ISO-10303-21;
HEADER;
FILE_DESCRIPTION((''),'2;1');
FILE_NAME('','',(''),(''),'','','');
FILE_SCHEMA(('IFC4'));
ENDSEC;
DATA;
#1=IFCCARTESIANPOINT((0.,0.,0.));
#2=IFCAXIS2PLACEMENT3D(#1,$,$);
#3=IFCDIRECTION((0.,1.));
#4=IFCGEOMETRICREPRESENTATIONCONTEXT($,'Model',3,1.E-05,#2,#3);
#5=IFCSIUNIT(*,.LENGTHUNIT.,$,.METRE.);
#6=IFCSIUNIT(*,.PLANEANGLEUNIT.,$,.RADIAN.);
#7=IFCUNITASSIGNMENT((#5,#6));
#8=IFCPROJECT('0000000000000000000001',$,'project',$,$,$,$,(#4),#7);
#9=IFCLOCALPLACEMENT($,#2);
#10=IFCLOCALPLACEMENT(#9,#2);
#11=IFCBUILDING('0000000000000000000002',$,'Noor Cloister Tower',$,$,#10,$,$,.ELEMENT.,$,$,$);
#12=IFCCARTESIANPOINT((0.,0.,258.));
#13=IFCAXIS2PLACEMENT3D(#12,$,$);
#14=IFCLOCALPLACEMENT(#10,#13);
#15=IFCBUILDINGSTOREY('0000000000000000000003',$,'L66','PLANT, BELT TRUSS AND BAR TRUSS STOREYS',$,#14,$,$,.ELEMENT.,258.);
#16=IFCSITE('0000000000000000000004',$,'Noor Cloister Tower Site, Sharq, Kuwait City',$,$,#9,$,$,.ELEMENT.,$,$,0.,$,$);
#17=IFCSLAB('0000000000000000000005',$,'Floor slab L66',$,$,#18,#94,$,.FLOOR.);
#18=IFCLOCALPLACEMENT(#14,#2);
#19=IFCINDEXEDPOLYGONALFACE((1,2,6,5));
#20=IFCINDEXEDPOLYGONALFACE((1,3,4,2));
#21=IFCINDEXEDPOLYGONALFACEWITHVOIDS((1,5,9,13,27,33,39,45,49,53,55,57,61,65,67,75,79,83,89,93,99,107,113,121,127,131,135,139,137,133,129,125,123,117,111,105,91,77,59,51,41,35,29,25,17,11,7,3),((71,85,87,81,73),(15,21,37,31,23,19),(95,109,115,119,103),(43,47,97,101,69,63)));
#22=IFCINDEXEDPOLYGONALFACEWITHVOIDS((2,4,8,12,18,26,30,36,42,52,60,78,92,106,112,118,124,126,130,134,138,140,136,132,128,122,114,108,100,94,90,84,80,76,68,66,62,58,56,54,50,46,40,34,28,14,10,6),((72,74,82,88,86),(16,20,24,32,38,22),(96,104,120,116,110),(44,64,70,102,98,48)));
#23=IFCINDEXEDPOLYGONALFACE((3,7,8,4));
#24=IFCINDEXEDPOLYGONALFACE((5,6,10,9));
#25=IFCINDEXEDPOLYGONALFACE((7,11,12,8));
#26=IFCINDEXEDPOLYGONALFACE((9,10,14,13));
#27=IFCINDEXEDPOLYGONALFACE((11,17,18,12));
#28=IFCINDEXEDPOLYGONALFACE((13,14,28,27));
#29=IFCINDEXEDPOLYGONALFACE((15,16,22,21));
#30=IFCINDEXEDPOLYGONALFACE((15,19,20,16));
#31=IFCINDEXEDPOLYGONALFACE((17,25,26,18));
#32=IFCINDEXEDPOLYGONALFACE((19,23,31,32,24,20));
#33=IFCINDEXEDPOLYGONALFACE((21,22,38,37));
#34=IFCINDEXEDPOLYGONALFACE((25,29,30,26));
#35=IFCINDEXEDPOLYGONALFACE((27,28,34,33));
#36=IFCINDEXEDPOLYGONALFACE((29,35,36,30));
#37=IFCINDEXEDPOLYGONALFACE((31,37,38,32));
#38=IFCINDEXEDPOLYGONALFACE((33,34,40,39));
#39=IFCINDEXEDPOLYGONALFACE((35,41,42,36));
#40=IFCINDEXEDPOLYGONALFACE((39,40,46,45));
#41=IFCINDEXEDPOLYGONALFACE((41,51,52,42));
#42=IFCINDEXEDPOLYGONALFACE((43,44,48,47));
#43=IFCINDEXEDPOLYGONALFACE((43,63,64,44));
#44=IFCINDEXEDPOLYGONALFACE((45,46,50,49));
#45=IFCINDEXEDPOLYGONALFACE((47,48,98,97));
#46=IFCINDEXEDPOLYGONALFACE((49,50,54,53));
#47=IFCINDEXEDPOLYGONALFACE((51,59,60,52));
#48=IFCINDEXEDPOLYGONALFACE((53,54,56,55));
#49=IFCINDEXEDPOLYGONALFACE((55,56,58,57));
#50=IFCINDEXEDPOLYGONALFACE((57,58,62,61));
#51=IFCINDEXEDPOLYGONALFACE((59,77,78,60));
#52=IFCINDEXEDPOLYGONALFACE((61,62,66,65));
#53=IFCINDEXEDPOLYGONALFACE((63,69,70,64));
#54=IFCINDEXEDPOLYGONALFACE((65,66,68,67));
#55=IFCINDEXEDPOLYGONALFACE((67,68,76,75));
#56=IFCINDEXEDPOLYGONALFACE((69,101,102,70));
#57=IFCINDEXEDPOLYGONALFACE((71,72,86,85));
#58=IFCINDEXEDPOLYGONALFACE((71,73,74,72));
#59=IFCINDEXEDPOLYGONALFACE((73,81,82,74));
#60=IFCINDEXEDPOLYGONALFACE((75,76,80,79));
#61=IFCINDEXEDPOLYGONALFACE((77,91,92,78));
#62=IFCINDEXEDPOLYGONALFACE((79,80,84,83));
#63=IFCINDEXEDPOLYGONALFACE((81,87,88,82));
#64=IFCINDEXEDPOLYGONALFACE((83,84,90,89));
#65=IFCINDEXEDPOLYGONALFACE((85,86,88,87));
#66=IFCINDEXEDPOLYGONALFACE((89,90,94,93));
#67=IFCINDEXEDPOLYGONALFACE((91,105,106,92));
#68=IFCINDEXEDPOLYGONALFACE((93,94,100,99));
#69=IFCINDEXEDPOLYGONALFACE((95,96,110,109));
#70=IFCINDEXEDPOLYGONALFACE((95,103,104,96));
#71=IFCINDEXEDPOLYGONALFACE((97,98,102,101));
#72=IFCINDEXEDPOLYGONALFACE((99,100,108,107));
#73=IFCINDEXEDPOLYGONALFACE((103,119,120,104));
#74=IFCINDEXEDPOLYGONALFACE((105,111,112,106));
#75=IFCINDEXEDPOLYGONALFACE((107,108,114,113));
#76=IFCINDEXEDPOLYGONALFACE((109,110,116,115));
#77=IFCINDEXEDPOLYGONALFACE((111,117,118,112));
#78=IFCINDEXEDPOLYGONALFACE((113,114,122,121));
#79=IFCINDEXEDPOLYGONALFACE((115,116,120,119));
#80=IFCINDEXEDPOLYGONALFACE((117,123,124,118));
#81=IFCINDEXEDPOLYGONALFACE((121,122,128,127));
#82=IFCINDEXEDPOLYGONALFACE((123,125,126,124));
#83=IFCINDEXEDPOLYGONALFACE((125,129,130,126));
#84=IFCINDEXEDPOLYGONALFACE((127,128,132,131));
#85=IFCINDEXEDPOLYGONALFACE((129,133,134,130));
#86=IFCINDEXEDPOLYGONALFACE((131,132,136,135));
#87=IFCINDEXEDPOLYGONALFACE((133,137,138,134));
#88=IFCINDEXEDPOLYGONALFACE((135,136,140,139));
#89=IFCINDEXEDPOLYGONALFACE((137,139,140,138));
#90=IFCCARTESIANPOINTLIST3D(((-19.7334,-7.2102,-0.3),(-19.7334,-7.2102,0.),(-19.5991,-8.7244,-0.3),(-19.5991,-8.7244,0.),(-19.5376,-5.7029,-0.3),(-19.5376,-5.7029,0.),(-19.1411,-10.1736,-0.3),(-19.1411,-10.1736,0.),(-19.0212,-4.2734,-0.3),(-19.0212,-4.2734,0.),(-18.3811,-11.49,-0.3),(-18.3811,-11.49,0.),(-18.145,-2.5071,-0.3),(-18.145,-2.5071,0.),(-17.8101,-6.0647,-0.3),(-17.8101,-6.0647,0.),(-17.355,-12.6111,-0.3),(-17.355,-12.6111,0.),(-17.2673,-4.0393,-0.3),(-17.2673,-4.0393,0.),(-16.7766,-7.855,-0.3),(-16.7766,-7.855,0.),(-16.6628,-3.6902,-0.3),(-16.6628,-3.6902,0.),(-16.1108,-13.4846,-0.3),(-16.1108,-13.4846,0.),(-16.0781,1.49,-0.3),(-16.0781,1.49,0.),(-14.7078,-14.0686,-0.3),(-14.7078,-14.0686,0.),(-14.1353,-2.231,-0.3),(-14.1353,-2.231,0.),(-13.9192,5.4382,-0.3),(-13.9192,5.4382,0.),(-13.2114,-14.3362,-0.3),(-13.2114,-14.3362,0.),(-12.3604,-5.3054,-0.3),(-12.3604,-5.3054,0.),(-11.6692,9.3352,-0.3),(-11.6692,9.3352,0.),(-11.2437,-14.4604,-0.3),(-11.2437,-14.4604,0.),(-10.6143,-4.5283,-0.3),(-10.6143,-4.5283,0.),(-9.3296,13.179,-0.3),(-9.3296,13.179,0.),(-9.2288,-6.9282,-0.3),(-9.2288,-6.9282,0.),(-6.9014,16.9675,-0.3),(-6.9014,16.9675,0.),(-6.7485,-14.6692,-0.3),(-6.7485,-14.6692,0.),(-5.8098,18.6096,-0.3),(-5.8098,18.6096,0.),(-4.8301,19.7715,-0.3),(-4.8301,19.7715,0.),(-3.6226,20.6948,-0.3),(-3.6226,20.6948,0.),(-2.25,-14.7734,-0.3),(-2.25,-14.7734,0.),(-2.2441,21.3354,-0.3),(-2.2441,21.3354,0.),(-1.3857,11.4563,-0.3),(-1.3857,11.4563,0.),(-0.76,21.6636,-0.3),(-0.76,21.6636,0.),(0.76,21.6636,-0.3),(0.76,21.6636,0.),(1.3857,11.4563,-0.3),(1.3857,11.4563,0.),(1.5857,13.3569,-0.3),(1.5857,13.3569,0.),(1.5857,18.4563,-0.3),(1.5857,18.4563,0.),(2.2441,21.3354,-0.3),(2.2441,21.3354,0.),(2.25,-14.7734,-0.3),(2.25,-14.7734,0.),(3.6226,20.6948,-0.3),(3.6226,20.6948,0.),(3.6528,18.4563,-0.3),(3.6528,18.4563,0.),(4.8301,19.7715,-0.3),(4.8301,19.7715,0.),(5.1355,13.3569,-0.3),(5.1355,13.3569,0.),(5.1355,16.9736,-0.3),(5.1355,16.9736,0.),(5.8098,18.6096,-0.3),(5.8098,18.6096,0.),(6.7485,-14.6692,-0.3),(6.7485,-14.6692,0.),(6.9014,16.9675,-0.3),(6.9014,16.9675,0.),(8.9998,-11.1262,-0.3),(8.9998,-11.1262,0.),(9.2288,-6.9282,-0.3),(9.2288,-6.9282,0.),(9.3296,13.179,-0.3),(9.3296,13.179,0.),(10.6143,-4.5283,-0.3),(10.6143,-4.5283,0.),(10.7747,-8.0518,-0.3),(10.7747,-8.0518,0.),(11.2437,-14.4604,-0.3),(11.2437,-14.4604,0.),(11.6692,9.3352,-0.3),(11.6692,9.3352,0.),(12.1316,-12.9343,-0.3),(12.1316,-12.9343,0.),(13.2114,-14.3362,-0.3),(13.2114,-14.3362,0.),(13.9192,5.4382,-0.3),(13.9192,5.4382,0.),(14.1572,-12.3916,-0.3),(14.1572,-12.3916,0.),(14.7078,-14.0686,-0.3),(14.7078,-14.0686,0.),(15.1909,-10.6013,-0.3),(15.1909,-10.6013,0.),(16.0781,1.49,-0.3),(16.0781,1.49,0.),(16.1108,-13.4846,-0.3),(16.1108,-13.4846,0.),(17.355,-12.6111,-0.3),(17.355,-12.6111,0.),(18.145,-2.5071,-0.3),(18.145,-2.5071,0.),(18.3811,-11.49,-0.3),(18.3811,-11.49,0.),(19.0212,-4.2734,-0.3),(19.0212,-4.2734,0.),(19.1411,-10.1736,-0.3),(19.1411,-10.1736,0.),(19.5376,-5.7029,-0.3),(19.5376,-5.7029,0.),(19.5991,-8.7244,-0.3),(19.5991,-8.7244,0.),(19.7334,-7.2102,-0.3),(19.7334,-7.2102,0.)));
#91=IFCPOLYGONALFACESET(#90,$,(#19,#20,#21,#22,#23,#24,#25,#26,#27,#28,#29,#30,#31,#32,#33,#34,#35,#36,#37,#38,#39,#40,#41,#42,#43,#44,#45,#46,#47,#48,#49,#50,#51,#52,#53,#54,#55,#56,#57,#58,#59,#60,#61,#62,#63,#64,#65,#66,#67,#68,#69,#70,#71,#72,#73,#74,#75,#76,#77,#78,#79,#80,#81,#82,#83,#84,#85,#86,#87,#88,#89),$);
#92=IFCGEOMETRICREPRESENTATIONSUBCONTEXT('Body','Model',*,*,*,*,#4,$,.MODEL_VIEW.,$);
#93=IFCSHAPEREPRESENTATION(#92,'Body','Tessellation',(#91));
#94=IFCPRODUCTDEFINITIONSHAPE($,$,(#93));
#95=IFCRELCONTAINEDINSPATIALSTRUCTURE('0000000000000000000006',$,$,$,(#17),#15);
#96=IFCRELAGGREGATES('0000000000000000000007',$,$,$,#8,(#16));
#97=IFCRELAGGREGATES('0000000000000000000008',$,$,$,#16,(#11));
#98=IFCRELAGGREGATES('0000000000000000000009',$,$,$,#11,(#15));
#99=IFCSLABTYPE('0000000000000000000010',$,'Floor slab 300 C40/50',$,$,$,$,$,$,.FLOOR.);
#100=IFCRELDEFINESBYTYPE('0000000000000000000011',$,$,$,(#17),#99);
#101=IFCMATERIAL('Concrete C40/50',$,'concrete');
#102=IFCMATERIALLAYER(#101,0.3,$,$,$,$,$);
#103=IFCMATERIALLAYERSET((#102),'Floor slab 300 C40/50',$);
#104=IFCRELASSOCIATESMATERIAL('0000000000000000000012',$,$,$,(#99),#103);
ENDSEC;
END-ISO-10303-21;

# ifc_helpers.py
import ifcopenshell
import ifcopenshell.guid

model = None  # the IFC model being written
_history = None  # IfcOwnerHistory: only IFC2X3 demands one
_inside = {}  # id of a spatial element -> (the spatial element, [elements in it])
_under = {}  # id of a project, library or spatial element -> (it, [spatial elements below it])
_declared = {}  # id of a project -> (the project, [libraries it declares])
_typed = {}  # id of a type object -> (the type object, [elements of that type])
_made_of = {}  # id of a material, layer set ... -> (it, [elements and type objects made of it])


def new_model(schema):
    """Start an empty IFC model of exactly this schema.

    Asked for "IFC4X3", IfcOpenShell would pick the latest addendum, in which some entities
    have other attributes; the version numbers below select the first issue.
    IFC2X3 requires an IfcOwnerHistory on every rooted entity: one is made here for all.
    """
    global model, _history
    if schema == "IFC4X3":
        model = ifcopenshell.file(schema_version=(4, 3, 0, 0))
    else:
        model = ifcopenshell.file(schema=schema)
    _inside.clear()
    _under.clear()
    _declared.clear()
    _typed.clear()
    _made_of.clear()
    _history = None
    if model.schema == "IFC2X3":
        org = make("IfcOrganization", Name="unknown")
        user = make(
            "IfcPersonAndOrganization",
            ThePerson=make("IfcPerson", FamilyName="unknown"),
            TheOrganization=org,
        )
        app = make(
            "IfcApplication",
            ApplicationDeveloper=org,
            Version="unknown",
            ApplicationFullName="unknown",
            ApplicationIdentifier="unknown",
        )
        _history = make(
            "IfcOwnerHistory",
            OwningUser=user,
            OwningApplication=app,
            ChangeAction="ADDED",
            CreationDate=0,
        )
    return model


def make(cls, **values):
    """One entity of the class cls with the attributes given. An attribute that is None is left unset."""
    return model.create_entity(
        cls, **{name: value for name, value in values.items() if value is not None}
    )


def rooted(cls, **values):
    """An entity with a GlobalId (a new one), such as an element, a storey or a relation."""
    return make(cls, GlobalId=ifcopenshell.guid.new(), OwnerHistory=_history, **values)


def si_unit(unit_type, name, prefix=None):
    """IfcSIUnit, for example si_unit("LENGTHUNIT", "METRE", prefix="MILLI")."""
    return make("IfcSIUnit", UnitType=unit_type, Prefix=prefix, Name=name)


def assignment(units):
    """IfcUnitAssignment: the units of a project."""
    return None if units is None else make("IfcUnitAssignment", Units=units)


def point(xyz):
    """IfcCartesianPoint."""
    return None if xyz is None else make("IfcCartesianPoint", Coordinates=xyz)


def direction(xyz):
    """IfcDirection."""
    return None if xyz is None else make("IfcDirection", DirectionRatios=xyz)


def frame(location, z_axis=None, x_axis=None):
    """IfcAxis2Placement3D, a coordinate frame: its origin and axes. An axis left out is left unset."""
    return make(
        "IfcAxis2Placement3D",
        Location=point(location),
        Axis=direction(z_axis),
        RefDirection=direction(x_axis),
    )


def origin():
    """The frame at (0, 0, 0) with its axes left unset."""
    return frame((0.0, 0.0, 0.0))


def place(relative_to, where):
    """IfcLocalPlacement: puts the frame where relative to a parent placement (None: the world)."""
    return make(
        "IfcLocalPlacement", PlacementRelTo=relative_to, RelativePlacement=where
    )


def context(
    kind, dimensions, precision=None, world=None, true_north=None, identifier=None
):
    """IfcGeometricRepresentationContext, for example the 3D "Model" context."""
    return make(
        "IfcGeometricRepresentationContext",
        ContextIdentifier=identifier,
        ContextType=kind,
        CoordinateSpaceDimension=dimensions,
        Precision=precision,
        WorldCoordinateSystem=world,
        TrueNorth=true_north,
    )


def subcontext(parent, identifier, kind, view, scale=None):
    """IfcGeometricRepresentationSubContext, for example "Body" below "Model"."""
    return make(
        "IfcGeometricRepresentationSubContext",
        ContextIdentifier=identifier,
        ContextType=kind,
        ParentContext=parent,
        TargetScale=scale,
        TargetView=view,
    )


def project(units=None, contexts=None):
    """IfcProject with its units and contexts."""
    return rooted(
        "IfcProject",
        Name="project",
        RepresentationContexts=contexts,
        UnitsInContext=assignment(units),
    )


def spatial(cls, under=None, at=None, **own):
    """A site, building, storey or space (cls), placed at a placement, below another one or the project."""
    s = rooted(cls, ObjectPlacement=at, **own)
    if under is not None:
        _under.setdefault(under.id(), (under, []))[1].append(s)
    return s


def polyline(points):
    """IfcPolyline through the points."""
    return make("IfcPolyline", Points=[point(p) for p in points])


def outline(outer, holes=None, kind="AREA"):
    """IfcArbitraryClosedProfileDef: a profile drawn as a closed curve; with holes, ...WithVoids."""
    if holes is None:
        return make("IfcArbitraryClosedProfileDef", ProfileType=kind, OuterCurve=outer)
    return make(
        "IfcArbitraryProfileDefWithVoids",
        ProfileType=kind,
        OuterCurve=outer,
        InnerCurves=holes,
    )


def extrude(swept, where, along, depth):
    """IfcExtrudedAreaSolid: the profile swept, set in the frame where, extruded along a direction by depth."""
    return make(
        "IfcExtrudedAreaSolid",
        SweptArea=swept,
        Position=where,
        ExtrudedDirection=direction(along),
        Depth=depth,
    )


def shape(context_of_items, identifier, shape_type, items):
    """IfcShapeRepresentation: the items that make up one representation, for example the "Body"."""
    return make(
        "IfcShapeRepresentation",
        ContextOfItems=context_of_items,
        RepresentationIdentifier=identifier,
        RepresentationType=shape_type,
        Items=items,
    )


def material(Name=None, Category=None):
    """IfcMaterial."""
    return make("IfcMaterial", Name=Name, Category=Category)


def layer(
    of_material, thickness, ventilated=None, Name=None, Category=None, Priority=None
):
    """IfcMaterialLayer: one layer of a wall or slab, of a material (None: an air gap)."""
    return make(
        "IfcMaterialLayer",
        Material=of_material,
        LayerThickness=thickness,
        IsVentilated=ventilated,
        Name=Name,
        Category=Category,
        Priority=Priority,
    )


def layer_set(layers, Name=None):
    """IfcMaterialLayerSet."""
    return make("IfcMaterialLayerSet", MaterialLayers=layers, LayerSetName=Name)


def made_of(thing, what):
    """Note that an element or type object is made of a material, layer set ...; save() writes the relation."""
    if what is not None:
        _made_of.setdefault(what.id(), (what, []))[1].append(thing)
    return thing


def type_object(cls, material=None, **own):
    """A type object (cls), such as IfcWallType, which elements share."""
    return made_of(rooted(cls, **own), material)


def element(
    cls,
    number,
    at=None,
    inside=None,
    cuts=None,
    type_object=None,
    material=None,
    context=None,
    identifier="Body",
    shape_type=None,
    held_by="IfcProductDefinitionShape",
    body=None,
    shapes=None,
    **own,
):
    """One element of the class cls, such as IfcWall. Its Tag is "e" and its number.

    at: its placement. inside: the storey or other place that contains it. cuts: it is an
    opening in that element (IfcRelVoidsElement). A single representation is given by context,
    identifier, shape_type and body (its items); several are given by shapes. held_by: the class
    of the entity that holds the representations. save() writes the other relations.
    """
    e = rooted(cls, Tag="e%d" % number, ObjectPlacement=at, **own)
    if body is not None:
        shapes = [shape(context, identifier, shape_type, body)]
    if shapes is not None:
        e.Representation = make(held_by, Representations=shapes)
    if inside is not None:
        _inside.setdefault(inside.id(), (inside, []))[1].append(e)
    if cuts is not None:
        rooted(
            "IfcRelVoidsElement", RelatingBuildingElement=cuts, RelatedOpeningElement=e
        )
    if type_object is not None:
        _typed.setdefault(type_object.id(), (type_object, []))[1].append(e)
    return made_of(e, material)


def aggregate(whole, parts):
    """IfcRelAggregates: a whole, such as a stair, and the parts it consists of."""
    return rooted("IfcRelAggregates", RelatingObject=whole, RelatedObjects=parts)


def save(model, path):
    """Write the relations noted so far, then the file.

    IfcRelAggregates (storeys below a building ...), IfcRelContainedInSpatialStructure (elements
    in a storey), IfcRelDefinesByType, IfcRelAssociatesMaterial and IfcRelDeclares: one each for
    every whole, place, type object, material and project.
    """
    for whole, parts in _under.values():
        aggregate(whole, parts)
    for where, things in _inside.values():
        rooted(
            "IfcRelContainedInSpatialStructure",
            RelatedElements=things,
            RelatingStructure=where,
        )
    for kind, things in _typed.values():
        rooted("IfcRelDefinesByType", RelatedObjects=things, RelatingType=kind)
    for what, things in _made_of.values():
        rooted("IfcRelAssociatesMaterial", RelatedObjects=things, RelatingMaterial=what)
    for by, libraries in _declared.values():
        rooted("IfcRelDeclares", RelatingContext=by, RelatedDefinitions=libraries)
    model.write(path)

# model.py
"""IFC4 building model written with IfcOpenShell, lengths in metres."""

from ifc_helpers import new_model, si_unit, direction, frame, origin, place, context, subcontext, project, spatial, polyline, outline, extrude, material, layer, layer_set, type_object, element, save


model = new_model("IFC4")

# Units and contexts
model_context = context("Model", 3, precision=1e-05, world=origin(), true_north=direction((0.0, 1.0)))
body_context = subcontext(model_context, "Body", "Model", "MODEL_VIEW")
ifc_project = project(units=[si_unit("LENGTHUNIT", "METRE"), si_unit("PLANEANGLEUNIT", "RADIAN")], contexts=[model_context])

# Site, building, storey
site_placement = place(None, origin())
site = spatial("IfcSite", under=ifc_project, at=site_placement, Name="Noor Cloister Tower Site, Sharq, Kuwait City", CompositionType="ELEMENT", RefElevation=0.0)
building_placement = place(site_placement, origin())
building = spatial("IfcBuilding", under=site, at=building_placement, Name="Noor Cloister Tower", CompositionType="ELEMENT")
storey_placement = place(building_placement, frame((0.0, 0.0, 258.0)))
storey = spatial("IfcBuildingStorey", under=building, at=storey_placement, Name="L66", Description="PLANT, BELT TRUSS AND BAR TRUSS STOREYS", CompositionType="ELEMENT", Elevation=258.0)

# Slab
ifc_material_1 = material(Name="Concrete C40/50", Category="concrete")
ifc_layer_1 = layer(ifc_material_1, 0.3)
ifc_layer_set_1 = layer_set([ifc_layer_1], Name="Floor slab 300 C40/50")
slab_type_1 = type_object("IfcSlabType", Name="Floor slab 300 C40/50", PredefinedType="FLOOR", material=ifc_layer_set_1)
slab_1_placement = place(storey_placement, frame((0.0, 0.0, -0.3)))
element("IfcSlab", 1, at=slab_1_placement, inside=storey, type_object=slab_type_1, Name="Floor slab L66", PredefinedType="FLOOR", context=body_context, shape_type="SweptSolid", body=[
    extrude(outline(polyline([(5.8098, 18.6096), (4.8301, 19.7715), (3.6226, 20.6948), (2.2441, 21.3354), (0.76, 21.6636), (-0.76, 21.6636), (-2.2441, 21.3354), (-3.6226, 20.6948), (-4.8301, 19.7715), (-5.8098, 18.6096), (-6.9014, 16.9675), (-9.3296, 13.179), (-11.6692, 9.3352), (-13.9192, 5.4382), (-16.0781, 1.49), (-18.145, -2.5071), (-19.0212, -4.2734), (-19.5376, -5.7029), (-19.7334, -7.2102), (-19.5991, -8.7244), (-19.1411, -10.1736), (-18.3811, -11.49), (-17.355, -12.6111), (-16.1108, -13.4846), (-14.7078, -14.0686), (-13.2114, -14.3362), (-11.2437, -14.4604), (-6.7485, -14.6692), (-2.25, -14.7734), (2.25, -14.7734), (6.7485, -14.6692), (11.2437, -14.4604), (13.2114, -14.3362), (14.7078, -14.0686), (16.1108, -13.4846), (17.355, -12.6111), (18.3811, -11.49), (19.1411, -10.1736), (19.5991, -8.7244), (19.7334, -7.2102), (19.5376, -5.7029), (19.0212, -4.2734), (18.145, -2.5071), (16.0781, 1.49), (13.9192, 5.4382), (11.6692, 9.3352), (9.3296, 13.179), (6.9014, 16.9675), (5.8098, 18.6096)]), holes=[polyline([(8.9998, -11.1262), (12.1316, -12.9343), (14.1572, -12.3916), (15.1909, -10.6013), (10.7747, -8.0518), (8.9998, -11.1262)]), polyline([(-17.8101, -6.0647), (-16.7766, -7.855), (-12.3604, -5.3054), (-14.1353, -2.231), (-16.6628, -3.6902), (-17.2673, -4.0393), (-17.8101, -6.0647)]), polyline([(-10.6143, -4.5283), (-9.2288, -6.9282), (9.2288, -6.9282), (10.6143, -4.5283), (1.3857, 11.4563), (-1.3857, 11.4563), (-10.6143, -4.5283)]), polyline([(3.6528, 18.4563), (1.5857, 18.4563), (1.5857, 13.3569), (5.1355, 13.3569), (5.1355, 16.9736), (3.6528, 18.4563)])]), origin(), (0.0, 0.0, 1.0), 0.3),
])

save(model, "model.ifc")
